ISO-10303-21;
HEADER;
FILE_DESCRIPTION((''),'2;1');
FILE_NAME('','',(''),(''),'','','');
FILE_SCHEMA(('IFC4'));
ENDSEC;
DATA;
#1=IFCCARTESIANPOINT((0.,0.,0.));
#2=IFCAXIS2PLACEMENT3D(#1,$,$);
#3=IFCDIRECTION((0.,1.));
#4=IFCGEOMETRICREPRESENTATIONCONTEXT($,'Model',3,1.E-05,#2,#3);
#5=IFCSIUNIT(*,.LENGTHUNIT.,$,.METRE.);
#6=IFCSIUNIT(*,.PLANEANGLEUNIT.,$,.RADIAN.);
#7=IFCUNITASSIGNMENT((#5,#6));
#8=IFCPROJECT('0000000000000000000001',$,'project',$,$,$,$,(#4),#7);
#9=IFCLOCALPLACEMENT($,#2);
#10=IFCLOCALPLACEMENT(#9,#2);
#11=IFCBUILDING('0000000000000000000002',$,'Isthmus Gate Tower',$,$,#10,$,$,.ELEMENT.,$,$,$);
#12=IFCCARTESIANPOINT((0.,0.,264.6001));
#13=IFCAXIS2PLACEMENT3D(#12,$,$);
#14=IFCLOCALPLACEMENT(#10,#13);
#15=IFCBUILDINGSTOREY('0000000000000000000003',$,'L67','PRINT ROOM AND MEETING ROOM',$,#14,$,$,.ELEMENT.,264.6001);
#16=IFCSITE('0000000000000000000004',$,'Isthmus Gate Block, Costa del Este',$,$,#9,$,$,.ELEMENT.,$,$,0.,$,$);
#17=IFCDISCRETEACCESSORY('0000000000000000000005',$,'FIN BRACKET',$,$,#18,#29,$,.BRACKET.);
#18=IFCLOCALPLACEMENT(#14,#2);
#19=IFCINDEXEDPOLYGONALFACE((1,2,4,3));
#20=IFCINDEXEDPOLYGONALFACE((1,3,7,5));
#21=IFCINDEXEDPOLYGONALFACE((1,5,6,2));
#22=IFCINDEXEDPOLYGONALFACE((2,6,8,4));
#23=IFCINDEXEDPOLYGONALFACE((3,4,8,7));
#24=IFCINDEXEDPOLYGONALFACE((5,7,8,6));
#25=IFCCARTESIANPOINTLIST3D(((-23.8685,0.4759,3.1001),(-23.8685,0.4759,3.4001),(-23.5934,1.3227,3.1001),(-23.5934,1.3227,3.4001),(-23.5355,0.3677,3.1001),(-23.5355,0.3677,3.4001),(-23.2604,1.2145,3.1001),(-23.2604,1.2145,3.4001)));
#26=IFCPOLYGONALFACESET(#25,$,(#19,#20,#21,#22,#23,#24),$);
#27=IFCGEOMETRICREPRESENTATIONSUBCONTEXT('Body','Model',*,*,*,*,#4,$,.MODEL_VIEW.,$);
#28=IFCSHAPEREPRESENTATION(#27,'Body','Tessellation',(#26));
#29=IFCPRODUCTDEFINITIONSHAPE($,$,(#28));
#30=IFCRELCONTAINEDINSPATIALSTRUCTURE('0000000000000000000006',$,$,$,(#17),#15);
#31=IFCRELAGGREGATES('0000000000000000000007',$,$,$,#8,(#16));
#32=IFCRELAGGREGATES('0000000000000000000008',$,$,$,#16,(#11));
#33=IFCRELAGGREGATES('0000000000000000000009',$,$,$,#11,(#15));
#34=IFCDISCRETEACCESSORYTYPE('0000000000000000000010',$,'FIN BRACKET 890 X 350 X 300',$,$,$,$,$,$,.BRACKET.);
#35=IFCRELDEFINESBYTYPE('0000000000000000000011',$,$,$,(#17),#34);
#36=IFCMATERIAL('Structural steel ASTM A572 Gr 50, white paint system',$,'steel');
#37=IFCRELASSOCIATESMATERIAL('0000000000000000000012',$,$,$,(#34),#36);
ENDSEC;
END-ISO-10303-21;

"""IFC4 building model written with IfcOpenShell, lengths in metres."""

from ifc_helpers import new_model, si_unit, direction, frame, origin, origin_2d, place, context, subcontext, project, spatial, rectangle, extrude, material, type_object, element, save


model = new_model("IFC4")

# Units and contexts
model_context = context("Model", 3, precision=1e-05, world=origin(), true_north=direction((0.0, 1.0)))
body_context = subcontext(model_context, "Body", "Model", "MODEL_VIEW")
ifc_project = project(units=[si_unit("LENGTHUNIT", "METRE"), si_unit("PLANEANGLEUNIT", "RADIAN")], contexts=[model_context])

# Site, building, storey
site_placement = place(None, origin())
site = spatial("IfcSite", under=ifc_project, at=site_placement, Name="Isthmus Gate Block, Costa del Este", CompositionType="ELEMENT", RefElevation=0.0)
building_placement = place(site_placement, origin())
building = spatial("IfcBuilding", under=site, at=building_placement, Name="Isthmus Gate Tower", CompositionType="ELEMENT")
storey_placement = place(building_placement, frame((0.0, 0.0, 264.6001)))
storey = spatial("IfcBuildingStorey", under=building, at=storey_placement, Name="L67", Description="PRINT ROOM AND MEETING ROOM", CompositionType="ELEMENT", Elevation=264.6001)

# Discrete accessory
ifc_material_1 = material(Name="Structural steel ASTM A572 Gr 50, white paint system", Category="steel")
discrete_accessory_type_1 = type_object("IfcDiscreteAccessoryType", Name="FIN BRACKET 890 X 350 X 300", PredefinedType="BRACKET", material=ifc_material_1)
discrete_accessory_placement = place(storey_placement, frame((-23.5645, 0.8452, 3.1001), z_axis=(0.0, 0.0, 1.0), x_axis=(-0.951057, 0.309017, 0.0)))
element("IfcDiscreteAccessory", 1, at=discrete_accessory_placement, inside=storey, type_object=discrete_accessory_type_1, Name="FIN BRACKET", PredefinedType="BRACKET", context=body_context, shape_type="SweptSolid", body=[
    extrude(rectangle(XDim=0.3501, YDim=0.8904, at=origin_2d()), origin(), (0.0, 0.0, 1.0), 0.3),
])

save(model, "model.ifc")
